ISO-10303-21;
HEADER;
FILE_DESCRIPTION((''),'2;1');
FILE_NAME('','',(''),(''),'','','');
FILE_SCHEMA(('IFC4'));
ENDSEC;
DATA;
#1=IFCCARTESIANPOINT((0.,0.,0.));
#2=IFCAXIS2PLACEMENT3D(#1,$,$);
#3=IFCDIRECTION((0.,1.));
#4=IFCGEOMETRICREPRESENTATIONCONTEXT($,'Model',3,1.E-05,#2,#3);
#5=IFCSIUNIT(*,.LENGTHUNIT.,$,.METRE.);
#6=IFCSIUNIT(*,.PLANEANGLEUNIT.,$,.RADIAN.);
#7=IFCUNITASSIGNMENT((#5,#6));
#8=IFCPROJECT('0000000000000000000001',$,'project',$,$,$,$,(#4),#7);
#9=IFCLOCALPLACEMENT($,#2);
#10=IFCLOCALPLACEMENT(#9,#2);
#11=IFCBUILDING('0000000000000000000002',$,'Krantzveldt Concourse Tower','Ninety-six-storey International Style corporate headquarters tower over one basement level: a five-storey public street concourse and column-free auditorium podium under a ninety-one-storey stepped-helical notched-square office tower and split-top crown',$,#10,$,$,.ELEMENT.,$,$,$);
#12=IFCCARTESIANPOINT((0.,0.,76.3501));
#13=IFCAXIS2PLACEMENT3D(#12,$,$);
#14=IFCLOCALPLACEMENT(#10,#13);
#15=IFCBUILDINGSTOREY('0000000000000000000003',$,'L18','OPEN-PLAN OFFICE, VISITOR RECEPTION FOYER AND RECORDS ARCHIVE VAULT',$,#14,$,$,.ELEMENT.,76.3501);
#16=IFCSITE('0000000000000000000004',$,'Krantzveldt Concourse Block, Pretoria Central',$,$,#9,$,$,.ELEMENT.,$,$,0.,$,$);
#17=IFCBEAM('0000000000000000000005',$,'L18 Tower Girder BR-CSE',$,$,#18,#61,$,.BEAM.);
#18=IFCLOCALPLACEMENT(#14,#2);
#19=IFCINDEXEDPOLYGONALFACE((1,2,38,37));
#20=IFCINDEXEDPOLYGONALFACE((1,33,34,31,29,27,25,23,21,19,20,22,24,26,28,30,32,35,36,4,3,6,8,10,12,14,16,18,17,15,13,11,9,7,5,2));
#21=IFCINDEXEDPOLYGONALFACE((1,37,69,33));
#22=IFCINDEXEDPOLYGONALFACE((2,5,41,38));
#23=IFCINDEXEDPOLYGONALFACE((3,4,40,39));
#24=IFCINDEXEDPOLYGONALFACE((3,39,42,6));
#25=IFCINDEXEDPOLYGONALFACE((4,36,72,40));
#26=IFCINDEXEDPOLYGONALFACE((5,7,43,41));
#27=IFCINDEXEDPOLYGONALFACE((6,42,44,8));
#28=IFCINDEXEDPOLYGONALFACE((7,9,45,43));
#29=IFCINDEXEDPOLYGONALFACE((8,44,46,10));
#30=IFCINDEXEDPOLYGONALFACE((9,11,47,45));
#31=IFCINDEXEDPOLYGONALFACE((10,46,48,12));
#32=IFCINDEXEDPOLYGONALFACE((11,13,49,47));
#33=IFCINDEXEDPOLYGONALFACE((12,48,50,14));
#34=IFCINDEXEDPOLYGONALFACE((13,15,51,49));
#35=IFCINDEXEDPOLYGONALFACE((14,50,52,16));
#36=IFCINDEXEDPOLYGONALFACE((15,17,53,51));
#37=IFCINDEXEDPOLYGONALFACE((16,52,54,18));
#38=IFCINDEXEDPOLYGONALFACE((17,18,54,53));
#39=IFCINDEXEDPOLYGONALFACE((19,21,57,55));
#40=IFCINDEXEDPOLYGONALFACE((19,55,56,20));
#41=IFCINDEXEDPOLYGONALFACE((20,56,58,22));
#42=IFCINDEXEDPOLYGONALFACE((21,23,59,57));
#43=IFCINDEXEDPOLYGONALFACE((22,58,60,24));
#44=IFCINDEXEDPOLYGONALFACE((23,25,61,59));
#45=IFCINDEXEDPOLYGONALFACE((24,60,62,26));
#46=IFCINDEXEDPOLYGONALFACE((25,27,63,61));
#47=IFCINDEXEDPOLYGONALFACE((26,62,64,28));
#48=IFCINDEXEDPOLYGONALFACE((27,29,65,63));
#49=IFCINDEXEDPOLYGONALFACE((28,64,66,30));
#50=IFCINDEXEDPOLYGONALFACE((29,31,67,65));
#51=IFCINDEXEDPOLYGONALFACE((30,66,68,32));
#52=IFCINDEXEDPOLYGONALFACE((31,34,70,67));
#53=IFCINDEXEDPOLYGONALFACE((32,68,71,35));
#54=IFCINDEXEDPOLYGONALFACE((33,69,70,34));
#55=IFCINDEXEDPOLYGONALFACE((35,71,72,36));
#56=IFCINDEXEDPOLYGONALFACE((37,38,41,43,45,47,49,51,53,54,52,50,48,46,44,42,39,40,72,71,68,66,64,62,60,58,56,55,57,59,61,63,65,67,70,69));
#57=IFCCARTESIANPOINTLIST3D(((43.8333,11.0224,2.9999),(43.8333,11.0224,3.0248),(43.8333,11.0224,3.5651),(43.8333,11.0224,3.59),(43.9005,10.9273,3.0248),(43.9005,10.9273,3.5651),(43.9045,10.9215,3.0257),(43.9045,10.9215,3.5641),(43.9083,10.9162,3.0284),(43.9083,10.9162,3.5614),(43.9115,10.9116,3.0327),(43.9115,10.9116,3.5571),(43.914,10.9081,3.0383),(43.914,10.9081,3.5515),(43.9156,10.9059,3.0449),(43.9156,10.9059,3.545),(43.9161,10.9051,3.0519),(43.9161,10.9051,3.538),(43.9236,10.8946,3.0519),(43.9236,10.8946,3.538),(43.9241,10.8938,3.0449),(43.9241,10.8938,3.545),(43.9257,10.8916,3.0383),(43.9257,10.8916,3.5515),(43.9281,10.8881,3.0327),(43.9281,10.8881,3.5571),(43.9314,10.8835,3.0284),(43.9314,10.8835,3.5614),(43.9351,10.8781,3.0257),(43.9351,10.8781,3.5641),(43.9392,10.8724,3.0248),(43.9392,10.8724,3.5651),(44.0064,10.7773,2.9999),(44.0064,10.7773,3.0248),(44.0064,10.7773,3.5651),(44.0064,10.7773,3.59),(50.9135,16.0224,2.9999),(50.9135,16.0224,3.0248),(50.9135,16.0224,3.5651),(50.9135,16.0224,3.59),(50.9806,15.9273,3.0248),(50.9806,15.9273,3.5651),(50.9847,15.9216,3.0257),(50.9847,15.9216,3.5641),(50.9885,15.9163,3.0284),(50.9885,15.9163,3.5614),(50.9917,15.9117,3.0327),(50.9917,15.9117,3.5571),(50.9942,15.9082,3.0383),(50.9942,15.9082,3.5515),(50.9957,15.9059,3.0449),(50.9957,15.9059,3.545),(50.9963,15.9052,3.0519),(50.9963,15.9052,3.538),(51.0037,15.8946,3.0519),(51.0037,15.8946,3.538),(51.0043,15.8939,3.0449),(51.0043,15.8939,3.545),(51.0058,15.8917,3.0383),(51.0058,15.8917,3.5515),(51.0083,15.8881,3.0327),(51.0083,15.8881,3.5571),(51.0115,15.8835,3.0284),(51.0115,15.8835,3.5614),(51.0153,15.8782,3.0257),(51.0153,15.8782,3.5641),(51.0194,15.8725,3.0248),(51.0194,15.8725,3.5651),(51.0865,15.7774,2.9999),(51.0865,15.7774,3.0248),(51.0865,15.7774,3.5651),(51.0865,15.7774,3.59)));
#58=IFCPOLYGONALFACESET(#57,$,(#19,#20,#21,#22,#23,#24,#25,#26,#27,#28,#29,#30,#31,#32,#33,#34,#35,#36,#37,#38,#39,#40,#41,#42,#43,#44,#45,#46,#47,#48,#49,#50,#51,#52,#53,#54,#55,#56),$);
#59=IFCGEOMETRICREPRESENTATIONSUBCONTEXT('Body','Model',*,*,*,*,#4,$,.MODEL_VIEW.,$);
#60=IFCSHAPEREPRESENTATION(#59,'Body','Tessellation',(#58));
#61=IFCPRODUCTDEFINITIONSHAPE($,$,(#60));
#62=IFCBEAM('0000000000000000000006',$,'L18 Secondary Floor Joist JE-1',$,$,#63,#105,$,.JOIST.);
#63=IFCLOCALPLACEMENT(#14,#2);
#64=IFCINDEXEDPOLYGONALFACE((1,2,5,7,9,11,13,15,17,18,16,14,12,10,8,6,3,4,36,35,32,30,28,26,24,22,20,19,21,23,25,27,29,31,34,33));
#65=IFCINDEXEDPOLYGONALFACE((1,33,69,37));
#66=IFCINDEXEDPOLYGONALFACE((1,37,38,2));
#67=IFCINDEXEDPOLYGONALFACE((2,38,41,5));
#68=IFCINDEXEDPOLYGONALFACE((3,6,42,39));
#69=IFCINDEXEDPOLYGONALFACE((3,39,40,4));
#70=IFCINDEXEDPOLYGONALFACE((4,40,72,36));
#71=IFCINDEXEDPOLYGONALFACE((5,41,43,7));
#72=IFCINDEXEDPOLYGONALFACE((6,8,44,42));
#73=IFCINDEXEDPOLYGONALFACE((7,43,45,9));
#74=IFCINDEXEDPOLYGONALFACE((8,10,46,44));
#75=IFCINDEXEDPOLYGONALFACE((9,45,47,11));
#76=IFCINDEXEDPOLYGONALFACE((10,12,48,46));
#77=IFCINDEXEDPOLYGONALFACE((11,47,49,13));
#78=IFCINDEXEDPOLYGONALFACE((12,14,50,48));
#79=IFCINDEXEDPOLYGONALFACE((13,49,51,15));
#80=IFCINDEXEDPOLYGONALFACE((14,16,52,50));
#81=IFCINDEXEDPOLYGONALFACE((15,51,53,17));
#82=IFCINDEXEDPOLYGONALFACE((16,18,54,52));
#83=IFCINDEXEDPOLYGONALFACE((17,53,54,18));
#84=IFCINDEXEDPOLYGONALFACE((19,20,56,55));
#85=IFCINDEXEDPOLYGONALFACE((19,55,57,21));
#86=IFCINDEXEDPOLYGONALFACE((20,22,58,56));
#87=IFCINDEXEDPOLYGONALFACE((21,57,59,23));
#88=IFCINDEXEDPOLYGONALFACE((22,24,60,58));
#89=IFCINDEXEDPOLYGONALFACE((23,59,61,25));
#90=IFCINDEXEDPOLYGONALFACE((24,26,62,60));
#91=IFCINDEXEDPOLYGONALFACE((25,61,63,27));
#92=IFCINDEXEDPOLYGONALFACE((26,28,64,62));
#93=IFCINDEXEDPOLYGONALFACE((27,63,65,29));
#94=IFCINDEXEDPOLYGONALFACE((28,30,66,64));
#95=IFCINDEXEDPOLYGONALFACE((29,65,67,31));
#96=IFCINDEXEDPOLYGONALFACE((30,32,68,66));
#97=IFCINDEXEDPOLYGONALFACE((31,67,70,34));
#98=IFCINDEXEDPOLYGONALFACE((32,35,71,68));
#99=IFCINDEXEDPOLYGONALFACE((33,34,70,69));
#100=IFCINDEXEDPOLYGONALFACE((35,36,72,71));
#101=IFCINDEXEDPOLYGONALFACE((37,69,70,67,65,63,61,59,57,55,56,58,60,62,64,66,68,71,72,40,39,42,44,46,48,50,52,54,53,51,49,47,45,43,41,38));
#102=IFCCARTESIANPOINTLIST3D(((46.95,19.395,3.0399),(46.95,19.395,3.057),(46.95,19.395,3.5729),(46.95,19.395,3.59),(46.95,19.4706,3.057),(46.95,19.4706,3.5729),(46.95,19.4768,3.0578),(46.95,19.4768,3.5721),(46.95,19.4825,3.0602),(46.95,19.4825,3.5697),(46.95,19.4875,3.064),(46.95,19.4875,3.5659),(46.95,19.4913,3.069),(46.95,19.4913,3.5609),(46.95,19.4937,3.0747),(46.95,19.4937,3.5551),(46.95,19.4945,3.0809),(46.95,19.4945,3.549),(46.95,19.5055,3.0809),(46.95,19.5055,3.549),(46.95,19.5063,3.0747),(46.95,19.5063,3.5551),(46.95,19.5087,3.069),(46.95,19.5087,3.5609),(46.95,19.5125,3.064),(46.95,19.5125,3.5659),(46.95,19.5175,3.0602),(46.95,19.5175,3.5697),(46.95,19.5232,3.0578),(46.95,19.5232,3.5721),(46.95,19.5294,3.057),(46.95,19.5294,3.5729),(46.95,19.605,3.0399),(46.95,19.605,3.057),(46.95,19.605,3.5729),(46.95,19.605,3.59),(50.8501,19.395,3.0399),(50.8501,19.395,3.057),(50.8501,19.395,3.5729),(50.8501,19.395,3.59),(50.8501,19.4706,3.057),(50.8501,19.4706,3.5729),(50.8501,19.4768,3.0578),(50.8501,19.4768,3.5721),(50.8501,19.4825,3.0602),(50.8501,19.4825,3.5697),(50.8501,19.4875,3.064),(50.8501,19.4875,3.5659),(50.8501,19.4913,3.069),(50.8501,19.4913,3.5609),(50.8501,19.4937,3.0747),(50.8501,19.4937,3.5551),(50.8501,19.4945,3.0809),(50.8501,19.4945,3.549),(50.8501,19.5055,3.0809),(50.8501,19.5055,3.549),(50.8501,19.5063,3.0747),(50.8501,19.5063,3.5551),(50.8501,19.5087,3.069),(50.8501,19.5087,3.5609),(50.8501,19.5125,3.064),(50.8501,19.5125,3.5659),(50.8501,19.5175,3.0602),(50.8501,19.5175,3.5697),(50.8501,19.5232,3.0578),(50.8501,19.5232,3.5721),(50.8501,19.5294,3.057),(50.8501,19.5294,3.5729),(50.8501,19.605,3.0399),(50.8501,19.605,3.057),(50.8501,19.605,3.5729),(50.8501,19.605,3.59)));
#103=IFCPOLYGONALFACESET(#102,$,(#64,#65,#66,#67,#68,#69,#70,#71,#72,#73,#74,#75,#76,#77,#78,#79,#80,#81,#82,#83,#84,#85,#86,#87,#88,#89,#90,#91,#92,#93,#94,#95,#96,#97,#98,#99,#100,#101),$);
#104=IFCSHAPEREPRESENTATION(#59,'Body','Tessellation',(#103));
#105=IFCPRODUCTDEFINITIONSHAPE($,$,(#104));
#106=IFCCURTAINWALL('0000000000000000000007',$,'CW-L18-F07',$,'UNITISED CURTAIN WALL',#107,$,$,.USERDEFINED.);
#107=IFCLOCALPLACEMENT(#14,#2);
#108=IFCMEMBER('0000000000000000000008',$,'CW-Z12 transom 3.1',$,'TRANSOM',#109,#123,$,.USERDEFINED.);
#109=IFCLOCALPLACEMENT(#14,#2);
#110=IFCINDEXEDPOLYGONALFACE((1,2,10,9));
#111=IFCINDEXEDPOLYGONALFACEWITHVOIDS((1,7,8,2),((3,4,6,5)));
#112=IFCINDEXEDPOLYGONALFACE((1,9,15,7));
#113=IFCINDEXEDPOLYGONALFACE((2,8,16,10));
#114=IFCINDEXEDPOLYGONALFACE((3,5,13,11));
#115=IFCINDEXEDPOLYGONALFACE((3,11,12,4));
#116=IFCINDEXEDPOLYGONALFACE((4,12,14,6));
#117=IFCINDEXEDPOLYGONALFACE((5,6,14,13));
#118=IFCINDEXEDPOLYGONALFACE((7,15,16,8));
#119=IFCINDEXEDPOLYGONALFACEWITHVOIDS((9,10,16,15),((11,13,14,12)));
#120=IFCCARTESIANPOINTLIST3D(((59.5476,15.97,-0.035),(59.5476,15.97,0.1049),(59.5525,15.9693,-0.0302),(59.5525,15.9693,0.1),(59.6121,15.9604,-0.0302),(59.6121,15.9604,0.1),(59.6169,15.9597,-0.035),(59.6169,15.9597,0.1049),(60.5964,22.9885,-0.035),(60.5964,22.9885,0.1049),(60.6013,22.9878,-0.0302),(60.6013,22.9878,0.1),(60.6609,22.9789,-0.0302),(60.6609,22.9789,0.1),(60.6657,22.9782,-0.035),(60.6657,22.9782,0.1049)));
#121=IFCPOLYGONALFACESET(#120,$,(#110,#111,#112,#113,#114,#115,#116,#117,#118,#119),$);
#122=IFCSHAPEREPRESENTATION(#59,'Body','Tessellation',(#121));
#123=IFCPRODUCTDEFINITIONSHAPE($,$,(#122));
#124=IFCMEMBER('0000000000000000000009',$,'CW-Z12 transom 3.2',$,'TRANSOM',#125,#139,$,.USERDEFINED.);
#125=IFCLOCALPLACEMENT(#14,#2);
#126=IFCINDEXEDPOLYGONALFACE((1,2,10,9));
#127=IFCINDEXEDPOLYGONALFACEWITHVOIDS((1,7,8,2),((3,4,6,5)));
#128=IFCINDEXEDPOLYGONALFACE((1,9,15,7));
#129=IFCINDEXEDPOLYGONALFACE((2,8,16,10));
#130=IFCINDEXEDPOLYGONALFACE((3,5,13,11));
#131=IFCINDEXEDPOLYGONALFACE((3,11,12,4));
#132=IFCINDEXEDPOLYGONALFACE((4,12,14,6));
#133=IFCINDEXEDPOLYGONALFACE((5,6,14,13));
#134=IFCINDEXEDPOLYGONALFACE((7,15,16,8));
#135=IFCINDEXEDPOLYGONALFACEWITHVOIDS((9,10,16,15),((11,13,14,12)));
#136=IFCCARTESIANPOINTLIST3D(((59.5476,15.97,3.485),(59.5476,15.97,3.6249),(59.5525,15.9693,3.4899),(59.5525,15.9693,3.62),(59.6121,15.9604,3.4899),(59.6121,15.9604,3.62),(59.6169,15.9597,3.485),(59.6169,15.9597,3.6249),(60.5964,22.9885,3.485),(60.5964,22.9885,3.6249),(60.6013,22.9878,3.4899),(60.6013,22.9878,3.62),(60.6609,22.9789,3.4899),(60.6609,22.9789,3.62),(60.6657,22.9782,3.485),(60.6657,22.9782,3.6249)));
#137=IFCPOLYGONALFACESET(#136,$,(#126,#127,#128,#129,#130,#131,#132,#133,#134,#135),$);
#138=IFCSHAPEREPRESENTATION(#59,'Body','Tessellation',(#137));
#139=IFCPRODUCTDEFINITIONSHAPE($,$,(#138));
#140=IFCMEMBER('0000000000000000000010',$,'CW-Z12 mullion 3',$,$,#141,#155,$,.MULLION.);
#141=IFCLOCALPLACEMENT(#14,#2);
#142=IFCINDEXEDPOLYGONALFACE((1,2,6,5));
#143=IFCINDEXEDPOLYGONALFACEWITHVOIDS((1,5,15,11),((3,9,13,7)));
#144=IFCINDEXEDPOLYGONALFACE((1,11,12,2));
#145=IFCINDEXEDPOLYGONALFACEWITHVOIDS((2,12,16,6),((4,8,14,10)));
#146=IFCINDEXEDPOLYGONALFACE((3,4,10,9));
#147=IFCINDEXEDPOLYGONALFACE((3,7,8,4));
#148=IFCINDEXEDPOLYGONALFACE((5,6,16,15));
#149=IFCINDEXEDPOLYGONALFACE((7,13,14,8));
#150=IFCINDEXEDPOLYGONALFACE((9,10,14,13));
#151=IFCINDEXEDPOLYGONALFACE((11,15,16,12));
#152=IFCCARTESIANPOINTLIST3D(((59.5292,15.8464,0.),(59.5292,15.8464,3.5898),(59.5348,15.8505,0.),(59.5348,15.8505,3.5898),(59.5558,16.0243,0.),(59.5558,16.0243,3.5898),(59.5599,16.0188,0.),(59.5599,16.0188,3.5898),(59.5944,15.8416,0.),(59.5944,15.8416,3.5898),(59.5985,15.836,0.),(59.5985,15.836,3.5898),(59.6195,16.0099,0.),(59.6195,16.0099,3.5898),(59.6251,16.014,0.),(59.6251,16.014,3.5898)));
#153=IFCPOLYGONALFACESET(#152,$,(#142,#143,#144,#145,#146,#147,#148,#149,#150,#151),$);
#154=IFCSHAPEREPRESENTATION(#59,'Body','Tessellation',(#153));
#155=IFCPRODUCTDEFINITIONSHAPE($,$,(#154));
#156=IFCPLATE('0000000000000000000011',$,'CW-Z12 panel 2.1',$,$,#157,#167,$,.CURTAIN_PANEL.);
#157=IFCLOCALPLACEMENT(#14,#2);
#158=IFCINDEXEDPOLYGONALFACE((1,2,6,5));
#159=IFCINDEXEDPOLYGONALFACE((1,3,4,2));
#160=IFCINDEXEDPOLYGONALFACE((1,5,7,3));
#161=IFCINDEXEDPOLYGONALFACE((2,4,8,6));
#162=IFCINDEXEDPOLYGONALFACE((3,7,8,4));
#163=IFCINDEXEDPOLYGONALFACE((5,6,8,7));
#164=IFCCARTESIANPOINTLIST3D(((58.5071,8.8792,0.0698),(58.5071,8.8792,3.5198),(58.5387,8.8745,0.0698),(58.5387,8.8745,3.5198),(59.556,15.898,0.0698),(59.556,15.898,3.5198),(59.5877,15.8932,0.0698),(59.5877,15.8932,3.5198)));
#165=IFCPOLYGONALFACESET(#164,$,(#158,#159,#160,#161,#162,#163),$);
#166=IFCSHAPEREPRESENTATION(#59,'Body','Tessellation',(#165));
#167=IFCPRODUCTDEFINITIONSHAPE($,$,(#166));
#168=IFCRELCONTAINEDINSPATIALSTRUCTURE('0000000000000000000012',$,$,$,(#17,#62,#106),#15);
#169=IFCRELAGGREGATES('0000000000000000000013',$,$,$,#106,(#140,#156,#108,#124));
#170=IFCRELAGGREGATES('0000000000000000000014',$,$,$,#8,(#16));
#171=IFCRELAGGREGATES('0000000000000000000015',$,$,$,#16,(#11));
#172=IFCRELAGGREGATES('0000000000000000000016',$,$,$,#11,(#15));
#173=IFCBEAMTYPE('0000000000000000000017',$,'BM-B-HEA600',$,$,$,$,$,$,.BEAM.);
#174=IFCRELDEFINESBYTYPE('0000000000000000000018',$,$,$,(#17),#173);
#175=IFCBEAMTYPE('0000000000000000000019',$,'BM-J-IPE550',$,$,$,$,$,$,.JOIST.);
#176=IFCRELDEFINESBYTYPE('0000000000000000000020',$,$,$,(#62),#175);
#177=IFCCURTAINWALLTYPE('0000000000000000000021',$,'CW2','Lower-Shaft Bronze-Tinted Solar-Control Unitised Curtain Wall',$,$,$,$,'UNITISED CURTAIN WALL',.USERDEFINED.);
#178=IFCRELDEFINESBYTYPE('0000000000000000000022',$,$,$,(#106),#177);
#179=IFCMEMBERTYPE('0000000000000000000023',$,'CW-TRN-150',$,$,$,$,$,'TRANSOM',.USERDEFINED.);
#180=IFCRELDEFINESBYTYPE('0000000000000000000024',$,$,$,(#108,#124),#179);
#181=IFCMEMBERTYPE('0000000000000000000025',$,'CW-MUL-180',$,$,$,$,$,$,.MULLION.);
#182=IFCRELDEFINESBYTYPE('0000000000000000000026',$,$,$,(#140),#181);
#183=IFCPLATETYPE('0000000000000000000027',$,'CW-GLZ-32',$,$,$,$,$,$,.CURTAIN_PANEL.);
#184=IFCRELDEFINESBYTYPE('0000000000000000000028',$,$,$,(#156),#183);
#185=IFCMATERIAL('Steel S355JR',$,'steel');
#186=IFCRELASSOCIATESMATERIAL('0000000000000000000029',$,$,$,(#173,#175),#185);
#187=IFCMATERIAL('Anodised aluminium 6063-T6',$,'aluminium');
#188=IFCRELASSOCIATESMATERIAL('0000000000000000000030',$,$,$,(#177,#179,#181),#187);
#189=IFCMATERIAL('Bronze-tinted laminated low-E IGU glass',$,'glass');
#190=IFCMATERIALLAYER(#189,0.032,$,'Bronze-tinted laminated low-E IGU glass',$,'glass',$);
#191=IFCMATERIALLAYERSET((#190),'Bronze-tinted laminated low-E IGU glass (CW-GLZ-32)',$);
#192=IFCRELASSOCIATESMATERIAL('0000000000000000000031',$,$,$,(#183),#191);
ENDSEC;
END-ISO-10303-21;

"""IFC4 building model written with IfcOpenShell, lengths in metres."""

from ifc_helpers import new_model, si_unit, direction, frame, origin, origin_2d, place, context, subcontext, project, spatial, rectangle, hollow_rectangle, i_section, extrude, source, transform, mapped, material, layer, layer_set, material_profile, profile_set, type_object, type_shapes, element, aggregate, save


model = new_model("IFC4")

# Units and contexts
model_context = context("Model", 3, precision=1e-05, world=origin(), true_north=direction((0.0, 1.0)))
body_context = subcontext(model_context, "Body", "Model", "MODEL_VIEW")
ifc_project = project(units=[si_unit("LENGTHUNIT", "METRE"), si_unit("PLANEANGLEUNIT", "RADIAN")], contexts=[model_context])

# Site, building, storey
site_placement = place(None, origin())
site = spatial("IfcSite", under=ifc_project, at=site_placement, Name="Krantzveldt Concourse Block, Pretoria Central", CompositionType="ELEMENT", RefElevation=0.0)
building_placement = place(site_placement, origin())
building = spatial("IfcBuilding", under=site, at=building_placement, Name="Krantzveldt Concourse Tower", Description="Ninety-six-storey International Style corporate headquarters tower over one basement level: a five-storey public street concourse and column-free auditorium podium under a ninety-one-storey stepped-helical notched-square office tower and split-top crown", CompositionType="ELEMENT")
storey_placement = place(building_placement, frame((0.0, 0.0, 76.3501)))
storey = spatial("IfcBuildingStorey", under=building, at=storey_placement, Name="L18", Description="OPEN-PLAN OFFICE, VISITOR RECEPTION FOYER AND RECORDS ARCHIVE VAULT", CompositionType="ELEMENT", Elevation=76.3501)

# Beams
ifc_material_1 = material(Name="Steel S355JR", Category="steel")
ifc_material_profile_1 = material_profile(ifc_material_1, i_section(OverallWidth=0.3, OverallDepth=0.5901, WebThickness=0.0129, FlangeThickness=0.0249, FilletRadius=0.0271, at=origin_2d()), Name="Steel S355JR", Category="steel")
ifc_profile_set_1 = profile_set([ifc_material_profile_1], Name="Steel S355JR - HEA 600")
beam_type_1 = type_object("IfcBeamType", Name="BM-B-HEA600", PredefinedType="BEAM", material=ifc_profile_set_1)
shared_shape_1 = source(origin(), body_context, "Body", "SweptSolid", [
    extrude(i_section(OverallWidth=0.3, OverallDepth=0.5901, WebThickness=0.0129, FlangeThickness=0.0249, FilletRadius=0.0271, at=origin_2d()), origin(), (0.0, 0.0, 1.0), 8.6677),
])
beam_1_placement = place(storey_placement, frame((51.0, 15.8999, 3.2949), z_axis=(-0.816843, -0.57686, 0.0), x_axis=(0.57686, -0.816843, 0.0)))
element("IfcBeam", 1, at=beam_1_placement, inside=storey, type_object=beam_type_1, Name="L18 Tower Girder BR-CSE", PredefinedType="BEAM", context=body_context, shape_type="MappedRepresentation", body=[
    mapped(shared_shape_1, transform((0.0, 0.0, 0.0), x_axis=(1.0, 0.0, 0.0), y_axis=(0.0, 1.0, 0.0), z_axis=(0.0, 0.0, 1.0), scale=1.0)),
])
ifc_material_profile_2 = material_profile(ifc_material_1, i_section(OverallWidth=0.21, OverallDepth=0.55, WebThickness=0.011, FlangeThickness=0.0171, FilletRadius=0.0239, at=origin_2d()), Name="Steel S355JR", Category="steel")
ifc_profile_set_2 = profile_set([ifc_material_profile_2], Name="Steel S355JR - IPE 550")
beam_type_2 = type_object("IfcBeamType", Name="BM-J-IPE550", PredefinedType="JOIST", material=ifc_profile_set_2)
shared_shape_2 = source(origin(), body_context, "Body", "SweptSolid", [
    extrude(i_section(OverallWidth=0.21, OverallDepth=0.55, WebThickness=0.011, FlangeThickness=0.0171, FilletRadius=0.0239, at=origin_2d()), origin(), (0.0, 0.0, 1.0), 3.9001),
])
type_shapes(beam_type_2, [shared_shape_2])
beam_2_placement = place(storey_placement, frame((46.95, 19.5, 3.3149), z_axis=(1.0, 0.0, 0.0), x_axis=(0.0, 1.0, 0.0)))
element("IfcBeam", 2, at=beam_2_placement, inside=storey, type_object=beam_type_2, Name="L18 Secondary Floor Joist JE-1", PredefinedType="JOIST", context=body_context, shape_type="MappedRepresentation", body=[
    mapped(shared_shape_2, transform((0.0, 0.0, 0.0), x_axis=(1.0, 0.0, 0.0), y_axis=(0.0, 1.0, 0.0), z_axis=(0.0, 0.0, 1.0), scale=1.0)),
])

# Curtain wall, members, plate
ifc_material_2 = material(Name="Anodised aluminium 6063-T6", Category="aluminium")
curtain_wall_type = type_object("IfcCurtainWallType", Name="CW2", Description="Lower-Shaft Bronze-Tinted Solar-Control Unitised Curtain Wall", ElementType="UNITISED CURTAIN WALL", PredefinedType="USERDEFINED", material=ifc_material_2)
curtain_wall_placement = place(storey_placement, origin())
curtain_wall = element("IfcCurtainWall", 3, at=curtain_wall_placement, inside=storey, type_object=curtain_wall_type, Name="CW-L18-F07", ObjectType="UNITISED CURTAIN WALL", PredefinedType="USERDEFINED")
ifc_material_profile_3 = material_profile(ifc_material_2, hollow_rectangle(XDim=0.0701, YDim=0.1399, WallThickness=0.0049, at=origin_2d()), Name="Anodised aluminium 6063-T6", Category="aluminium")
ifc_profile_set_3 = profile_set([ifc_material_profile_3], Name="Anodised aluminium 6063-T6 - ALU-TRAN 140x70x5")
member_type_1 = type_object("IfcMemberType", Name="CW-TRN-150", ElementType="TRANSOM", PredefinedType="USERDEFINED", material=ifc_profile_set_3)
shared_shape_3 = source(origin(), body_context, "Body", "SweptSolid", [
    extrude(hollow_rectangle(XDim=0.0701, YDim=0.1399, WallThickness=0.0049, at=origin_2d()), origin(), (0.0, 0.0, 1.0), 7.0964),
])
type_shapes(member_type_1, [shared_shape_3])
member_1_placement = place(storey_placement, frame((59.5823, 15.9648, 0.0349), z_axis=(0.147795, 0.989018, 0.0), x_axis=(-0.989018, 0.147795, 0.0)))
member_1 = element("IfcMember", 4, at=member_1_placement, type_object=member_type_1, Name="CW-Z12 transom 3.1", ObjectType="TRANSOM", PredefinedType="USERDEFINED", context=body_context, shape_type="MappedRepresentation", body=[
    mapped(shared_shape_3, transform((0.0, 0.0, 0.0), x_axis=(1.0, 0.0, 0.0), y_axis=(0.0, 1.0, 0.0), z_axis=(0.0, 0.0, 1.0), scale=1.0)),
])
member_2_placement = place(storey_placement, frame((59.5823, 15.9648, 3.5549), z_axis=(0.147795, 0.989018, 0.0), x_axis=(-0.989018, 0.147795, 0.0)))
member_2 = element("IfcMember", 5, at=member_2_placement, type_object=member_type_1, Name="CW-Z12 transom 3.2", ObjectType="TRANSOM", PredefinedType="USERDEFINED", context=body_context, shape_type="MappedRepresentation", body=[
    mapped(shared_shape_3, transform((0.0, 0.0, 0.0), x_axis=(1.0, 0.0, 0.0), y_axis=(0.0, 1.0, 0.0), z_axis=(0.0, 0.0, 1.0), scale=1.0)),
])
ifc_material_profile_4 = material_profile(ifc_material_2, hollow_rectangle(XDim=0.0701, YDim=0.1799, WallThickness=0.0049, at=origin_2d()), Name="Anodised aluminium 6063-T6", Category="aluminium")
ifc_profile_set_4 = profile_set([ifc_material_profile_4], Name="Anodised aluminium 6063-T6 - ALU-MULL 180x70x5")
member_type_2 = type_object("IfcMemberType", Name="CW-MUL-180", PredefinedType="MULLION", material=ifc_profile_set_4)
shared_shape_4 = source(origin(), body_context, "Body", "SweptSolid", [
    extrude(hollow_rectangle(XDim=0.0701, YDim=0.1799, WallThickness=0.0049, at=origin_2d()), origin(), (0.0, 0.0, 1.0), 3.5898),
])
type_shapes(member_type_2, [shared_shape_4])
member_3_placement = place(storey_placement, frame((59.5771, 15.9302, 0.0), z_axis=(0.0, 0.0, 1.0), x_axis=(-0.989016, 0.14781, 0.0)))
member_3 = element("IfcMember", 6, at=member_3_placement, type_object=member_type_2, Name="CW-Z12 mullion 3", PredefinedType="MULLION", context=body_context, shape_type="MappedRepresentation", body=[
    mapped(shared_shape_4, transform((0.0, 0.0, 0.0), x_axis=(1.0, 0.0, 0.0), y_axis=(0.0, 1.0, 0.0), z_axis=(0.0, 0.0, 1.0), scale=1.0)),
])
ifc_material_3 = material(Name="Bronze-tinted laminated low-E IGU glass", Category="glass")
ifc_layer_1 = layer(ifc_material_3, 0.032, Name="Bronze-tinted laminated low-E IGU glass", Category="glass")
ifc_layer_set_1 = layer_set([ifc_layer_1], Name="Bronze-tinted laminated low-E IGU glass (CW-GLZ-32)")
plate_type = type_object("IfcPlateType", Name="CW-GLZ-32", PredefinedType="CURTAIN_PANEL", material=ifc_layer_set_1)
shared_shape_5 = source(origin(), body_context, "Body", "SweptSolid", [
    extrude(rectangle(XDim=7.0967, YDim=0.032, at=origin_2d()), origin(), (0.0, 0.0, 1.0), 3.45),
])
type_shapes(plate_type, [shared_shape_5])
plate_1_placement = place(storey_placement, frame((59.0474, 12.3862, 0.0698), z_axis=(0.0, 0.0, 1.0), x_axis=(0.14781, 0.989016, 0.0)))
plate_1 = element("IfcPlate", 7, at=plate_1_placement, type_object=plate_type, Name="CW-Z12 panel 2.1", PredefinedType="CURTAIN_PANEL", context=body_context, shape_type="MappedRepresentation", body=[
    mapped(shared_shape_5, transform((0.0, 0.0, 0.0), x_axis=(1.0, 0.0, 0.0), y_axis=(0.0, 1.0, 0.0), z_axis=(0.0, 0.0, 1.0), scale=1.0)),
])
aggregate(curtain_wall, [member_3, plate_1, member_1, member_2])

save(model, "model.ifc")
